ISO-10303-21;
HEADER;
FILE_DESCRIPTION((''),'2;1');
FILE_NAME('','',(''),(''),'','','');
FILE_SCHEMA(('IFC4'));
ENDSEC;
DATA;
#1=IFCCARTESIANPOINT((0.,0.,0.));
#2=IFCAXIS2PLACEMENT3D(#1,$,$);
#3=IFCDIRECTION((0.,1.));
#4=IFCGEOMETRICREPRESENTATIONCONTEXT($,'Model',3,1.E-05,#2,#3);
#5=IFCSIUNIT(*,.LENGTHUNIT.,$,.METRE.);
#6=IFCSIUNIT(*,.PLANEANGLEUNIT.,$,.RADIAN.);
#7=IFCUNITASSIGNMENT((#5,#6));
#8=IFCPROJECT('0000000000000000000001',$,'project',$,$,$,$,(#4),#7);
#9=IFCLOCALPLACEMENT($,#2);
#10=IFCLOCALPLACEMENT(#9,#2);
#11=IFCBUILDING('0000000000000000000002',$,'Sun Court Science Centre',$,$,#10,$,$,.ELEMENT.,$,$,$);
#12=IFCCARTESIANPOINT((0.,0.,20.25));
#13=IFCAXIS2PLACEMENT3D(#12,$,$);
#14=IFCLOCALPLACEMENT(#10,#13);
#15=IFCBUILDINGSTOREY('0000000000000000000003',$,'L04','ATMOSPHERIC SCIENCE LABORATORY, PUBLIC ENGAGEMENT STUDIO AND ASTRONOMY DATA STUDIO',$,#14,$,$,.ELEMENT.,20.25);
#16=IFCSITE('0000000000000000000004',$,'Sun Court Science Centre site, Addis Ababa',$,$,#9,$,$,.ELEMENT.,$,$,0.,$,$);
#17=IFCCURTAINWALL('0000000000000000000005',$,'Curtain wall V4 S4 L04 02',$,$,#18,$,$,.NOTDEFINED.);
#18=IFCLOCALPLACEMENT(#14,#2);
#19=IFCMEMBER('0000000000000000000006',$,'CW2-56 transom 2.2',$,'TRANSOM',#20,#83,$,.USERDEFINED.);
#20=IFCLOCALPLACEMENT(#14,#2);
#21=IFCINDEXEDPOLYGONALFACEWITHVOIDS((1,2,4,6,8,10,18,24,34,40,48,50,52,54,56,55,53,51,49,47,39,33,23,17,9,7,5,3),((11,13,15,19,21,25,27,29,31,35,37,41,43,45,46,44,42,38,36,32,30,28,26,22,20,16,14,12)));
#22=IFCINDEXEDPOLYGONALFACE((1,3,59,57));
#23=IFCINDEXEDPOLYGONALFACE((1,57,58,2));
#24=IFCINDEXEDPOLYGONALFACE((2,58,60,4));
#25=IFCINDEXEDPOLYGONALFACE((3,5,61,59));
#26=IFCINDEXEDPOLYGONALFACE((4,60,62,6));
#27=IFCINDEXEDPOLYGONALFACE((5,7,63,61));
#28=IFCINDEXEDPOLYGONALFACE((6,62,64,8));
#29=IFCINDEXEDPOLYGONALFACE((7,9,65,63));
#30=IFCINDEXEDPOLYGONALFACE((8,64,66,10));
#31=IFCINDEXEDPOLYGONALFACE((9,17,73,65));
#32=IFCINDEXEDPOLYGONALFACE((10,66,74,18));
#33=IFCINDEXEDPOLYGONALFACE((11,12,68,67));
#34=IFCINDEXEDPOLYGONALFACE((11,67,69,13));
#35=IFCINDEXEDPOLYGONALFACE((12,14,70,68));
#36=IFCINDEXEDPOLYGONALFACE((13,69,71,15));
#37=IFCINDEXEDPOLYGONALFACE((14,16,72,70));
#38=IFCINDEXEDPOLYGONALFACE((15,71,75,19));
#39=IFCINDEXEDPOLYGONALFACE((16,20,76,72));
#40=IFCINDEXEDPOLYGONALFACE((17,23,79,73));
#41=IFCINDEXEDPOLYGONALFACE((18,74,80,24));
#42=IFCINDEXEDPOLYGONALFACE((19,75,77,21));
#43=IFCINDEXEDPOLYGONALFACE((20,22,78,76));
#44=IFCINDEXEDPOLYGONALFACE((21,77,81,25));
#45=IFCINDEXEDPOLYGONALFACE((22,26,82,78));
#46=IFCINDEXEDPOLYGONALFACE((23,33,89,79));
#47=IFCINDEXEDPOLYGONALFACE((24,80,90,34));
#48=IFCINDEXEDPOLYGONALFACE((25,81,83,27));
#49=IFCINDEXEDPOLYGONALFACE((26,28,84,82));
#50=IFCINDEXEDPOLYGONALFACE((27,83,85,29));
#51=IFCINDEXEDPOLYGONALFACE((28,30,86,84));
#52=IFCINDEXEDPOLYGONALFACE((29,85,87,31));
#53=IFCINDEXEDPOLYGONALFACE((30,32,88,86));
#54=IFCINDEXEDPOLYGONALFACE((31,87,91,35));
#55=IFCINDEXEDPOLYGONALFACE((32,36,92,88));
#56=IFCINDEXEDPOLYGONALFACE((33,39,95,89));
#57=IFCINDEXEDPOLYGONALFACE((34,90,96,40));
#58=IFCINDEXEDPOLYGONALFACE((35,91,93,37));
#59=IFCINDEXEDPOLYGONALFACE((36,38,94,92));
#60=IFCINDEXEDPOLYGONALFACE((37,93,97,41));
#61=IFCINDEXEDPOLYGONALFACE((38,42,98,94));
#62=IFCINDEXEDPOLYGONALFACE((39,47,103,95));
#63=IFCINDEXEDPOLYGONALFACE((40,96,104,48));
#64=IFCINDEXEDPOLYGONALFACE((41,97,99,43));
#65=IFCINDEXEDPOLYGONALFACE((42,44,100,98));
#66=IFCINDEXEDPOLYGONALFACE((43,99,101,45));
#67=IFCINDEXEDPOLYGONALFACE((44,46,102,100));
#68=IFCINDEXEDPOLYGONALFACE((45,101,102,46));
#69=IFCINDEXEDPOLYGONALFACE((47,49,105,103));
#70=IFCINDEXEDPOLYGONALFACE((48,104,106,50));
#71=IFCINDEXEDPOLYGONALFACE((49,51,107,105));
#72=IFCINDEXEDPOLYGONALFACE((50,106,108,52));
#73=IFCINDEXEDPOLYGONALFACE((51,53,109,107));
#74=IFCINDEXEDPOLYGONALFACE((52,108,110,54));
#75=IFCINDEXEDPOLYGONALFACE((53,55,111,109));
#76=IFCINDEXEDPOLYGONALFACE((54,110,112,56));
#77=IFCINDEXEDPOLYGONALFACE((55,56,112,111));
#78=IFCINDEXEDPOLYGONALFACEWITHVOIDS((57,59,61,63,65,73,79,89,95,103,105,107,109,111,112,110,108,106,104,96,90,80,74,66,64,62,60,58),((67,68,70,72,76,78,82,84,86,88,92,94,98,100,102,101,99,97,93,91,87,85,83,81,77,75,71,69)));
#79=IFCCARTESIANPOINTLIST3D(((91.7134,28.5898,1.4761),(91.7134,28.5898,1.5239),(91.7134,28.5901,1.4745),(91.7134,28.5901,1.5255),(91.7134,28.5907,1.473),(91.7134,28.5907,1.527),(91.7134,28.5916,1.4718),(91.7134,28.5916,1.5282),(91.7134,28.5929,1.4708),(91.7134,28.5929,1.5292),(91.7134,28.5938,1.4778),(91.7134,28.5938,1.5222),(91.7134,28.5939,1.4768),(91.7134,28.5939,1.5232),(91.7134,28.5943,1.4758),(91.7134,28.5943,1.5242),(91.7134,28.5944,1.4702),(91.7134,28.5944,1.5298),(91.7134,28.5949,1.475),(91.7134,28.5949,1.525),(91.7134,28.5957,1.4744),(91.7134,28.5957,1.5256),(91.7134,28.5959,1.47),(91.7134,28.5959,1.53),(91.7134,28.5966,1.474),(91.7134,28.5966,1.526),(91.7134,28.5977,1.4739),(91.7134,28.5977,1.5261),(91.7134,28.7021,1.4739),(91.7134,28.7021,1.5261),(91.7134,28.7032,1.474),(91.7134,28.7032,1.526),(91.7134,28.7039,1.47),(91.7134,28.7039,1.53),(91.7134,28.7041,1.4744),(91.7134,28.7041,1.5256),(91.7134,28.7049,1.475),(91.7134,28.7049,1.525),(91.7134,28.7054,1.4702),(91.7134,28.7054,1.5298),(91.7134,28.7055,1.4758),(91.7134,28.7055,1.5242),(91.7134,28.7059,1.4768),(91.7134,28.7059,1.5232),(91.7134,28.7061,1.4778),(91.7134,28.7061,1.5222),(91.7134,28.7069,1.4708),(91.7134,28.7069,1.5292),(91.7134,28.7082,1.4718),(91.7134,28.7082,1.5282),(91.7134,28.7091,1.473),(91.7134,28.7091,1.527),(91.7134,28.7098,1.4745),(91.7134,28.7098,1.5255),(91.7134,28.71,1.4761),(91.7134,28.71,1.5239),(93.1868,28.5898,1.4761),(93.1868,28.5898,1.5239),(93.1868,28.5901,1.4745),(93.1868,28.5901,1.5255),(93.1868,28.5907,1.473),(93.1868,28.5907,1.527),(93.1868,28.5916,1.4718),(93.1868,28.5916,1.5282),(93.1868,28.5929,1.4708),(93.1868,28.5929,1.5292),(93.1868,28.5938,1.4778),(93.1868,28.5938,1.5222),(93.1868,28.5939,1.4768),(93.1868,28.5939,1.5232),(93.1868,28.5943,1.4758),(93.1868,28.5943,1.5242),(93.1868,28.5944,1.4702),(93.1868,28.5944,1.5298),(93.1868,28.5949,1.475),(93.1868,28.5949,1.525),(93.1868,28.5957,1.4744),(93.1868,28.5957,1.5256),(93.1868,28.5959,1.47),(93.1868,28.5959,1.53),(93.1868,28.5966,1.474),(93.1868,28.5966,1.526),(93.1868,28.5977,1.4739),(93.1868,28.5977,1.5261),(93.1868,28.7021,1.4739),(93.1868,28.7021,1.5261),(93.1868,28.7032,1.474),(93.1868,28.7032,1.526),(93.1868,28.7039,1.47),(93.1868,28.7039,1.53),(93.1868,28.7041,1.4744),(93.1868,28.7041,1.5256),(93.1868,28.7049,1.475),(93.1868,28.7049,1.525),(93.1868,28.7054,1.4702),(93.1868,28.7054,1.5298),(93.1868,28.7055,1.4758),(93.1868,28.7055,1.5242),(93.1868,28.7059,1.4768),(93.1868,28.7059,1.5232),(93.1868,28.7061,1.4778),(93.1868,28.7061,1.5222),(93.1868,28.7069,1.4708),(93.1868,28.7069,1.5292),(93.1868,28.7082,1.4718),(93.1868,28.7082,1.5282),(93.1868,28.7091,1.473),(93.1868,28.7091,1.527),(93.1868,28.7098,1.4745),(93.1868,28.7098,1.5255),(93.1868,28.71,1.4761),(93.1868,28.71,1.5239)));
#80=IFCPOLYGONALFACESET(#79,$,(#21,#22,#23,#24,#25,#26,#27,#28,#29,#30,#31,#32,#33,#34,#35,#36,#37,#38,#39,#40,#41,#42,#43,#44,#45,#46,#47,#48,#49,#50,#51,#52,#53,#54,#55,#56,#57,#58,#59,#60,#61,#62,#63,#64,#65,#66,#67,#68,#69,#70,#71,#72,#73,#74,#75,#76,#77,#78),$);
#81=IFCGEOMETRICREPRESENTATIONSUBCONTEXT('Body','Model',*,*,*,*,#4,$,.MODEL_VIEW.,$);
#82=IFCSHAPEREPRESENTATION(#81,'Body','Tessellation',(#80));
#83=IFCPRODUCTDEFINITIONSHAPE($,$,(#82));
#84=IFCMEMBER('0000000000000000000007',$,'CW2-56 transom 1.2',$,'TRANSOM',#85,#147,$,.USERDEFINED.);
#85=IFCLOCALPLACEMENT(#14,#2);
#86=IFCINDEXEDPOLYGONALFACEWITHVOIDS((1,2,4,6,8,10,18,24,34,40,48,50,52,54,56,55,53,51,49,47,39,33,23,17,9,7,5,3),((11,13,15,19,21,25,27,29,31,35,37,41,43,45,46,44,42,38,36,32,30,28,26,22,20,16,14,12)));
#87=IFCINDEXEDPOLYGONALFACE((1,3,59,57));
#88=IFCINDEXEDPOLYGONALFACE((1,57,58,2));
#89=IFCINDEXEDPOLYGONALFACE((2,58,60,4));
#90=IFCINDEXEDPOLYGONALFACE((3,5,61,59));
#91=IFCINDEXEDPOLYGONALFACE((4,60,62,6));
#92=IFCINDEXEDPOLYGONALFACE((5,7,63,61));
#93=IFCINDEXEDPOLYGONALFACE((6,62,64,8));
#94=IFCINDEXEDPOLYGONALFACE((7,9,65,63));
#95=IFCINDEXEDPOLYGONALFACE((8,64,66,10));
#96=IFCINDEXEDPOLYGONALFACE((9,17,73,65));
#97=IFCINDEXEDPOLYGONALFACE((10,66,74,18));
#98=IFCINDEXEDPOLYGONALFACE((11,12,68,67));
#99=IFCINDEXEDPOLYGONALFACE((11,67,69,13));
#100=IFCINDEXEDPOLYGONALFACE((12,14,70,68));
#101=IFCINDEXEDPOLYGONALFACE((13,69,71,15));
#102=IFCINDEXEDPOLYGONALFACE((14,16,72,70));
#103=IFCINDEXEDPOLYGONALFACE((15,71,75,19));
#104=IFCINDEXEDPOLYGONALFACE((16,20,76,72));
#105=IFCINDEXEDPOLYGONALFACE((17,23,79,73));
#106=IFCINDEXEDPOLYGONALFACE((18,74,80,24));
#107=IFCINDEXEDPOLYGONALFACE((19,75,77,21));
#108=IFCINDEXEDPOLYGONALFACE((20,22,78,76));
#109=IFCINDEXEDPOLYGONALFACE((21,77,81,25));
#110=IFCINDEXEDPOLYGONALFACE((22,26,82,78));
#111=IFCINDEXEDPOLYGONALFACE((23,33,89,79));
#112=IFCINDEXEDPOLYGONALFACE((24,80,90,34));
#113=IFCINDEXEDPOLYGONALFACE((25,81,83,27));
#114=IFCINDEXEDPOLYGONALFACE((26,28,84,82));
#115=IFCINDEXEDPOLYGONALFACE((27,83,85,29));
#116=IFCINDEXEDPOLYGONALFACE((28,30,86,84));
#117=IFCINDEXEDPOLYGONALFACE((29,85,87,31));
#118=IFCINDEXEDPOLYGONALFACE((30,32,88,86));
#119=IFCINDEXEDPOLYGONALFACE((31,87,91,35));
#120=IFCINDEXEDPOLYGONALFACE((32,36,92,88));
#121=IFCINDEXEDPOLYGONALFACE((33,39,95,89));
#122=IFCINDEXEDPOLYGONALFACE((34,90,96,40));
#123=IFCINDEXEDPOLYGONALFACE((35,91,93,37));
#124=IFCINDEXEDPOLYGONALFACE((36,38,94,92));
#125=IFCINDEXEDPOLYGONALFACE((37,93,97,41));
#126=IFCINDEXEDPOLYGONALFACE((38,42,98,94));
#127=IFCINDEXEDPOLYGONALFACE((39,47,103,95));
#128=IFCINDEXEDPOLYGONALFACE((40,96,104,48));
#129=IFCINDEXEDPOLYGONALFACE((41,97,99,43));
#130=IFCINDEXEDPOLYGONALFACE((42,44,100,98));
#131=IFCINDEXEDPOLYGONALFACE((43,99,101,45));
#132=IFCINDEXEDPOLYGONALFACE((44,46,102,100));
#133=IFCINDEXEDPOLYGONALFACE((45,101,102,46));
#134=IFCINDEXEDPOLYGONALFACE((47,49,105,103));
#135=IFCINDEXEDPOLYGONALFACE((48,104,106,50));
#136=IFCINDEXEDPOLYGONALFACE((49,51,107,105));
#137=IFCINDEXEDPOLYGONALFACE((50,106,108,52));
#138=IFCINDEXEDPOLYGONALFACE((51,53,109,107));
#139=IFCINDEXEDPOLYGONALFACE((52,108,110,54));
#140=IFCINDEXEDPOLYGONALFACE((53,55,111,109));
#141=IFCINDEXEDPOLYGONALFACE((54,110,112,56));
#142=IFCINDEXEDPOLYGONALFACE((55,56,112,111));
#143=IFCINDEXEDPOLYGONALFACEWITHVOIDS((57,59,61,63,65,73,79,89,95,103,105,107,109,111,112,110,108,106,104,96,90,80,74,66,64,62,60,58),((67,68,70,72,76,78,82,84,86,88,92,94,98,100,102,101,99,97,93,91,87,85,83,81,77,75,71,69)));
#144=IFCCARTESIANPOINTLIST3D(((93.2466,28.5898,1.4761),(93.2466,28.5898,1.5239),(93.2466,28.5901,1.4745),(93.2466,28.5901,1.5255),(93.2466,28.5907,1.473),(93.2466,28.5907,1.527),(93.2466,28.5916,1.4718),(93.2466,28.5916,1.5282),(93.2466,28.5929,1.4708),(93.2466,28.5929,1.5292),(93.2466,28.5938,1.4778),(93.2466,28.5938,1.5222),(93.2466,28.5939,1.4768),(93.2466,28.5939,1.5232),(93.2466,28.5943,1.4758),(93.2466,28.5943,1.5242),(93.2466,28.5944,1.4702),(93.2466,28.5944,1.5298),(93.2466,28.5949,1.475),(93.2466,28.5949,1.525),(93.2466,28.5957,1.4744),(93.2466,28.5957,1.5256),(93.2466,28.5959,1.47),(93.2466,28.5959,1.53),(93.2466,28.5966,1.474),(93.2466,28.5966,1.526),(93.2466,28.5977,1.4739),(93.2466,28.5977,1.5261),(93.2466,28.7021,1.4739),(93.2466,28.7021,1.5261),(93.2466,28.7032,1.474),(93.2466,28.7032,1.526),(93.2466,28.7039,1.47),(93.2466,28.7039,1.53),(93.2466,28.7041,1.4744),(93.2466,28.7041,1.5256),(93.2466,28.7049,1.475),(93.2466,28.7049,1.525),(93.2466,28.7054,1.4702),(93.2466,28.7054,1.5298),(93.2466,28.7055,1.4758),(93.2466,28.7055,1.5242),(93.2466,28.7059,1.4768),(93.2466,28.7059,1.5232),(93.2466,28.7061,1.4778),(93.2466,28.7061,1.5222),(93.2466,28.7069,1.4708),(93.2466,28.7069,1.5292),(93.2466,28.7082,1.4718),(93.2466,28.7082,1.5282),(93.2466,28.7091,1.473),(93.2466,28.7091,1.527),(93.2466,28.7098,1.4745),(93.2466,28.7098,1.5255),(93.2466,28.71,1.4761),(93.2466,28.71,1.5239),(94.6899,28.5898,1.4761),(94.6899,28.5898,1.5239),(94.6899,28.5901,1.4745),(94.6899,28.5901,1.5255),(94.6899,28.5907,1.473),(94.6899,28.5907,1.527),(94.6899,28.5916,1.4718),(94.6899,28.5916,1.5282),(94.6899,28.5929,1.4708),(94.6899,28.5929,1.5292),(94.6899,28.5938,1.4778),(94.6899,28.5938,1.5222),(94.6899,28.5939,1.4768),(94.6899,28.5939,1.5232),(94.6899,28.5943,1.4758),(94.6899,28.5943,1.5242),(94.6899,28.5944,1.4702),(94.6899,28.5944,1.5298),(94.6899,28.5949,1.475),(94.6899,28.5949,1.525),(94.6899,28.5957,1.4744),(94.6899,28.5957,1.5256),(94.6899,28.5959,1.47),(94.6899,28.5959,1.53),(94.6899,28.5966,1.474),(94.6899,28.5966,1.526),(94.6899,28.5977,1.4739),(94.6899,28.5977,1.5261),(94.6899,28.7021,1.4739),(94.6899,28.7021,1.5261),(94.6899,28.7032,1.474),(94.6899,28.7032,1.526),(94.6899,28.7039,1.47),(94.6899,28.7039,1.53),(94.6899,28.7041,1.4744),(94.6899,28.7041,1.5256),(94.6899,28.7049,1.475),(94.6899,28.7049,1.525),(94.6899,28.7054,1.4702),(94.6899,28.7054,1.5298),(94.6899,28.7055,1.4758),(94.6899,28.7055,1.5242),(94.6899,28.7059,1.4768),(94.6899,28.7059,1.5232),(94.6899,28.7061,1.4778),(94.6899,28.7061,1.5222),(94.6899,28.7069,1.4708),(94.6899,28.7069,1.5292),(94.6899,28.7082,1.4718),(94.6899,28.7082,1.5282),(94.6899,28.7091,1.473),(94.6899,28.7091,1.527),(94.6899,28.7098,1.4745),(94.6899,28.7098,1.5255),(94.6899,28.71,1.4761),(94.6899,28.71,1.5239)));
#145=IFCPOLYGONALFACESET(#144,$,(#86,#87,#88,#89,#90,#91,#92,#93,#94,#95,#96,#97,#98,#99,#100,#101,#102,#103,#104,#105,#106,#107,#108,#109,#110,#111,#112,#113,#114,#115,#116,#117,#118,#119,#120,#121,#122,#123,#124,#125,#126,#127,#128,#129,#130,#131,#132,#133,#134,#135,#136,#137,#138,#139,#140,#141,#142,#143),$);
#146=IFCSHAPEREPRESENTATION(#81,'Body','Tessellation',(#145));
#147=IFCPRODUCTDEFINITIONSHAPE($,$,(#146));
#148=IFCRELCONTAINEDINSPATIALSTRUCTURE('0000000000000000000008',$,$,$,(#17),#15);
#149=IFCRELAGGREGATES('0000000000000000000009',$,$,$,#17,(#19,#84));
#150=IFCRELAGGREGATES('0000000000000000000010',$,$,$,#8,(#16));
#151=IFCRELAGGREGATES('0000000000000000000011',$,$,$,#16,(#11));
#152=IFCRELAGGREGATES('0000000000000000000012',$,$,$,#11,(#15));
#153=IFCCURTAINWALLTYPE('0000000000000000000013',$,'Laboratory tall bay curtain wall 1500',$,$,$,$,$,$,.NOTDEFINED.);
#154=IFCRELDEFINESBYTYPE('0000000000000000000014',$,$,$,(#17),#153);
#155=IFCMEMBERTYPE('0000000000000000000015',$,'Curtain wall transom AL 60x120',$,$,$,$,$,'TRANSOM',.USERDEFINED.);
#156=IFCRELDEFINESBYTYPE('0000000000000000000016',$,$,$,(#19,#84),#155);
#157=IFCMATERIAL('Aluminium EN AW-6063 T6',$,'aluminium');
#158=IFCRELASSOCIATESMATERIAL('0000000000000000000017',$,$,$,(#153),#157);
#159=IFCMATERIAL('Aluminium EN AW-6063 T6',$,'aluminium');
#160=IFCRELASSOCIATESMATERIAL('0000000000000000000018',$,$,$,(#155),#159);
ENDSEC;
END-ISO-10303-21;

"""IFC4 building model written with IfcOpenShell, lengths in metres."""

from ifc_helpers import new_model, si_unit, direction, frame, origin, origin_2d, place, context, subcontext, project, spatial, hollow_rectangle, extrude, material, material_profile, profile_set, type_object, element, aggregate, save


model = new_model("IFC4")

# Units and contexts
model_context = context("Model", 3, precision=1e-05, world=origin(), true_north=direction((0.0, 1.0)))
body_context = subcontext(model_context, "Body", "Model", "MODEL_VIEW")
ifc_project = project(units=[si_unit("LENGTHUNIT", "METRE"), si_unit("PLANEANGLEUNIT", "RADIAN")], contexts=[model_context])

# Site, building, storey
site_placement = place(None, origin())
site = spatial("IfcSite", under=ifc_project, at=site_placement, Name="Sun Court Science Centre site, Addis Ababa", CompositionType="ELEMENT", RefElevation=0.0)
building_placement = place(site_placement, origin())
building = spatial("IfcBuilding", under=site, at=building_placement, Name="Sun Court Science Centre", CompositionType="ELEMENT")
storey_placement = place(building_placement, frame((0.0, 0.0, 20.25)))
storey = spatial("IfcBuildingStorey", under=building, at=storey_placement, Name="L04", Description="ATMOSPHERIC SCIENCE LABORATORY, PUBLIC ENGAGEMENT STUDIO AND ASTRONOMY DATA STUDIO", CompositionType="ELEMENT", Elevation=20.25)

# Shared definitions
ifc_material_1 = material(Name="Aluminium EN AW-6063 T6", Category="aluminium")
curtain_wall_type = type_object("IfcCurtainWallType", Name="Laboratory tall bay curtain wall 1500", PredefinedType="NOTDEFINED", material=ifc_material_1)

# Curtain wall
curtain_wall_1_placement = place(storey_placement, origin())
curtain_wall_1 = element("IfcCurtainWall", 1, at=curtain_wall_1_placement, inside=storey, type_object=curtain_wall_type, Name="Curtain wall V4 S4 L04 02", PredefinedType="NOTDEFINED")

# Members
ifc_material_2 = material(Name="Aluminium EN AW-6063 T6", Category="aluminium")
ifc_material_profile_1 = material_profile(ifc_material_2, hollow_rectangle(XDim=0.0601, YDim=0.1201, WallThickness=0.0039, InnerFilletRadius=0.0039, OuterFilletRadius=0.0061, at=origin_2d()), Name="AL 60x120x4")
ifc_profile_set_1 = profile_set([ifc_material_profile_1], Name="Aluminium EN AW-6063 T6")
member_type_1 = type_object("IfcMemberType", Name="Curtain wall transom AL 60x120", ElementType="TRANSOM", PredefinedType="USERDEFINED", material=ifc_profile_set_1)
member_1_placement = place(storey_placement, frame((93.1868, 28.6499, 1.5), z_axis=(-1.0, 0.0, 0.0), x_axis=(0.0, 0.0, 1.0)))
member_1 = element("IfcMember", 2, at=member_1_placement, type_object=member_type_1, Name="CW2-56 transom 2.2", ObjectType="TRANSOM", PredefinedType="USERDEFINED", context=body_context, shape_type="SweptSolid", body=[
    extrude(hollow_rectangle(XDim=0.0601, YDim=0.1201, WallThickness=0.0039, InnerFilletRadius=0.0039, OuterFilletRadius=0.0061, at=origin_2d()), origin(), (0.0, 0.0, 1.0), 1.4734),
])
member_2_placement = place(storey_placement, frame((94.6899, 28.6499, 1.5), z_axis=(-1.0, 0.0, 0.0), x_axis=(0.0, 0.0, 1.0)))
member_2 = element("IfcMember", 3, at=member_2_placement, type_object=member_type_1, Name="CW2-56 transom 1.2", ObjectType="TRANSOM", PredefinedType="USERDEFINED", context=body_context, shape_type="SweptSolid", body=[
    extrude(hollow_rectangle(XDim=0.0601, YDim=0.1201, WallThickness=0.0039, InnerFilletRadius=0.0039, OuterFilletRadius=0.0061, at=origin_2d()), origin(), (0.0, 0.0, 1.0), 1.4434),
])

aggregate(curtain_wall_1, [member_1, member_2])

save(model, "model.ifc")
